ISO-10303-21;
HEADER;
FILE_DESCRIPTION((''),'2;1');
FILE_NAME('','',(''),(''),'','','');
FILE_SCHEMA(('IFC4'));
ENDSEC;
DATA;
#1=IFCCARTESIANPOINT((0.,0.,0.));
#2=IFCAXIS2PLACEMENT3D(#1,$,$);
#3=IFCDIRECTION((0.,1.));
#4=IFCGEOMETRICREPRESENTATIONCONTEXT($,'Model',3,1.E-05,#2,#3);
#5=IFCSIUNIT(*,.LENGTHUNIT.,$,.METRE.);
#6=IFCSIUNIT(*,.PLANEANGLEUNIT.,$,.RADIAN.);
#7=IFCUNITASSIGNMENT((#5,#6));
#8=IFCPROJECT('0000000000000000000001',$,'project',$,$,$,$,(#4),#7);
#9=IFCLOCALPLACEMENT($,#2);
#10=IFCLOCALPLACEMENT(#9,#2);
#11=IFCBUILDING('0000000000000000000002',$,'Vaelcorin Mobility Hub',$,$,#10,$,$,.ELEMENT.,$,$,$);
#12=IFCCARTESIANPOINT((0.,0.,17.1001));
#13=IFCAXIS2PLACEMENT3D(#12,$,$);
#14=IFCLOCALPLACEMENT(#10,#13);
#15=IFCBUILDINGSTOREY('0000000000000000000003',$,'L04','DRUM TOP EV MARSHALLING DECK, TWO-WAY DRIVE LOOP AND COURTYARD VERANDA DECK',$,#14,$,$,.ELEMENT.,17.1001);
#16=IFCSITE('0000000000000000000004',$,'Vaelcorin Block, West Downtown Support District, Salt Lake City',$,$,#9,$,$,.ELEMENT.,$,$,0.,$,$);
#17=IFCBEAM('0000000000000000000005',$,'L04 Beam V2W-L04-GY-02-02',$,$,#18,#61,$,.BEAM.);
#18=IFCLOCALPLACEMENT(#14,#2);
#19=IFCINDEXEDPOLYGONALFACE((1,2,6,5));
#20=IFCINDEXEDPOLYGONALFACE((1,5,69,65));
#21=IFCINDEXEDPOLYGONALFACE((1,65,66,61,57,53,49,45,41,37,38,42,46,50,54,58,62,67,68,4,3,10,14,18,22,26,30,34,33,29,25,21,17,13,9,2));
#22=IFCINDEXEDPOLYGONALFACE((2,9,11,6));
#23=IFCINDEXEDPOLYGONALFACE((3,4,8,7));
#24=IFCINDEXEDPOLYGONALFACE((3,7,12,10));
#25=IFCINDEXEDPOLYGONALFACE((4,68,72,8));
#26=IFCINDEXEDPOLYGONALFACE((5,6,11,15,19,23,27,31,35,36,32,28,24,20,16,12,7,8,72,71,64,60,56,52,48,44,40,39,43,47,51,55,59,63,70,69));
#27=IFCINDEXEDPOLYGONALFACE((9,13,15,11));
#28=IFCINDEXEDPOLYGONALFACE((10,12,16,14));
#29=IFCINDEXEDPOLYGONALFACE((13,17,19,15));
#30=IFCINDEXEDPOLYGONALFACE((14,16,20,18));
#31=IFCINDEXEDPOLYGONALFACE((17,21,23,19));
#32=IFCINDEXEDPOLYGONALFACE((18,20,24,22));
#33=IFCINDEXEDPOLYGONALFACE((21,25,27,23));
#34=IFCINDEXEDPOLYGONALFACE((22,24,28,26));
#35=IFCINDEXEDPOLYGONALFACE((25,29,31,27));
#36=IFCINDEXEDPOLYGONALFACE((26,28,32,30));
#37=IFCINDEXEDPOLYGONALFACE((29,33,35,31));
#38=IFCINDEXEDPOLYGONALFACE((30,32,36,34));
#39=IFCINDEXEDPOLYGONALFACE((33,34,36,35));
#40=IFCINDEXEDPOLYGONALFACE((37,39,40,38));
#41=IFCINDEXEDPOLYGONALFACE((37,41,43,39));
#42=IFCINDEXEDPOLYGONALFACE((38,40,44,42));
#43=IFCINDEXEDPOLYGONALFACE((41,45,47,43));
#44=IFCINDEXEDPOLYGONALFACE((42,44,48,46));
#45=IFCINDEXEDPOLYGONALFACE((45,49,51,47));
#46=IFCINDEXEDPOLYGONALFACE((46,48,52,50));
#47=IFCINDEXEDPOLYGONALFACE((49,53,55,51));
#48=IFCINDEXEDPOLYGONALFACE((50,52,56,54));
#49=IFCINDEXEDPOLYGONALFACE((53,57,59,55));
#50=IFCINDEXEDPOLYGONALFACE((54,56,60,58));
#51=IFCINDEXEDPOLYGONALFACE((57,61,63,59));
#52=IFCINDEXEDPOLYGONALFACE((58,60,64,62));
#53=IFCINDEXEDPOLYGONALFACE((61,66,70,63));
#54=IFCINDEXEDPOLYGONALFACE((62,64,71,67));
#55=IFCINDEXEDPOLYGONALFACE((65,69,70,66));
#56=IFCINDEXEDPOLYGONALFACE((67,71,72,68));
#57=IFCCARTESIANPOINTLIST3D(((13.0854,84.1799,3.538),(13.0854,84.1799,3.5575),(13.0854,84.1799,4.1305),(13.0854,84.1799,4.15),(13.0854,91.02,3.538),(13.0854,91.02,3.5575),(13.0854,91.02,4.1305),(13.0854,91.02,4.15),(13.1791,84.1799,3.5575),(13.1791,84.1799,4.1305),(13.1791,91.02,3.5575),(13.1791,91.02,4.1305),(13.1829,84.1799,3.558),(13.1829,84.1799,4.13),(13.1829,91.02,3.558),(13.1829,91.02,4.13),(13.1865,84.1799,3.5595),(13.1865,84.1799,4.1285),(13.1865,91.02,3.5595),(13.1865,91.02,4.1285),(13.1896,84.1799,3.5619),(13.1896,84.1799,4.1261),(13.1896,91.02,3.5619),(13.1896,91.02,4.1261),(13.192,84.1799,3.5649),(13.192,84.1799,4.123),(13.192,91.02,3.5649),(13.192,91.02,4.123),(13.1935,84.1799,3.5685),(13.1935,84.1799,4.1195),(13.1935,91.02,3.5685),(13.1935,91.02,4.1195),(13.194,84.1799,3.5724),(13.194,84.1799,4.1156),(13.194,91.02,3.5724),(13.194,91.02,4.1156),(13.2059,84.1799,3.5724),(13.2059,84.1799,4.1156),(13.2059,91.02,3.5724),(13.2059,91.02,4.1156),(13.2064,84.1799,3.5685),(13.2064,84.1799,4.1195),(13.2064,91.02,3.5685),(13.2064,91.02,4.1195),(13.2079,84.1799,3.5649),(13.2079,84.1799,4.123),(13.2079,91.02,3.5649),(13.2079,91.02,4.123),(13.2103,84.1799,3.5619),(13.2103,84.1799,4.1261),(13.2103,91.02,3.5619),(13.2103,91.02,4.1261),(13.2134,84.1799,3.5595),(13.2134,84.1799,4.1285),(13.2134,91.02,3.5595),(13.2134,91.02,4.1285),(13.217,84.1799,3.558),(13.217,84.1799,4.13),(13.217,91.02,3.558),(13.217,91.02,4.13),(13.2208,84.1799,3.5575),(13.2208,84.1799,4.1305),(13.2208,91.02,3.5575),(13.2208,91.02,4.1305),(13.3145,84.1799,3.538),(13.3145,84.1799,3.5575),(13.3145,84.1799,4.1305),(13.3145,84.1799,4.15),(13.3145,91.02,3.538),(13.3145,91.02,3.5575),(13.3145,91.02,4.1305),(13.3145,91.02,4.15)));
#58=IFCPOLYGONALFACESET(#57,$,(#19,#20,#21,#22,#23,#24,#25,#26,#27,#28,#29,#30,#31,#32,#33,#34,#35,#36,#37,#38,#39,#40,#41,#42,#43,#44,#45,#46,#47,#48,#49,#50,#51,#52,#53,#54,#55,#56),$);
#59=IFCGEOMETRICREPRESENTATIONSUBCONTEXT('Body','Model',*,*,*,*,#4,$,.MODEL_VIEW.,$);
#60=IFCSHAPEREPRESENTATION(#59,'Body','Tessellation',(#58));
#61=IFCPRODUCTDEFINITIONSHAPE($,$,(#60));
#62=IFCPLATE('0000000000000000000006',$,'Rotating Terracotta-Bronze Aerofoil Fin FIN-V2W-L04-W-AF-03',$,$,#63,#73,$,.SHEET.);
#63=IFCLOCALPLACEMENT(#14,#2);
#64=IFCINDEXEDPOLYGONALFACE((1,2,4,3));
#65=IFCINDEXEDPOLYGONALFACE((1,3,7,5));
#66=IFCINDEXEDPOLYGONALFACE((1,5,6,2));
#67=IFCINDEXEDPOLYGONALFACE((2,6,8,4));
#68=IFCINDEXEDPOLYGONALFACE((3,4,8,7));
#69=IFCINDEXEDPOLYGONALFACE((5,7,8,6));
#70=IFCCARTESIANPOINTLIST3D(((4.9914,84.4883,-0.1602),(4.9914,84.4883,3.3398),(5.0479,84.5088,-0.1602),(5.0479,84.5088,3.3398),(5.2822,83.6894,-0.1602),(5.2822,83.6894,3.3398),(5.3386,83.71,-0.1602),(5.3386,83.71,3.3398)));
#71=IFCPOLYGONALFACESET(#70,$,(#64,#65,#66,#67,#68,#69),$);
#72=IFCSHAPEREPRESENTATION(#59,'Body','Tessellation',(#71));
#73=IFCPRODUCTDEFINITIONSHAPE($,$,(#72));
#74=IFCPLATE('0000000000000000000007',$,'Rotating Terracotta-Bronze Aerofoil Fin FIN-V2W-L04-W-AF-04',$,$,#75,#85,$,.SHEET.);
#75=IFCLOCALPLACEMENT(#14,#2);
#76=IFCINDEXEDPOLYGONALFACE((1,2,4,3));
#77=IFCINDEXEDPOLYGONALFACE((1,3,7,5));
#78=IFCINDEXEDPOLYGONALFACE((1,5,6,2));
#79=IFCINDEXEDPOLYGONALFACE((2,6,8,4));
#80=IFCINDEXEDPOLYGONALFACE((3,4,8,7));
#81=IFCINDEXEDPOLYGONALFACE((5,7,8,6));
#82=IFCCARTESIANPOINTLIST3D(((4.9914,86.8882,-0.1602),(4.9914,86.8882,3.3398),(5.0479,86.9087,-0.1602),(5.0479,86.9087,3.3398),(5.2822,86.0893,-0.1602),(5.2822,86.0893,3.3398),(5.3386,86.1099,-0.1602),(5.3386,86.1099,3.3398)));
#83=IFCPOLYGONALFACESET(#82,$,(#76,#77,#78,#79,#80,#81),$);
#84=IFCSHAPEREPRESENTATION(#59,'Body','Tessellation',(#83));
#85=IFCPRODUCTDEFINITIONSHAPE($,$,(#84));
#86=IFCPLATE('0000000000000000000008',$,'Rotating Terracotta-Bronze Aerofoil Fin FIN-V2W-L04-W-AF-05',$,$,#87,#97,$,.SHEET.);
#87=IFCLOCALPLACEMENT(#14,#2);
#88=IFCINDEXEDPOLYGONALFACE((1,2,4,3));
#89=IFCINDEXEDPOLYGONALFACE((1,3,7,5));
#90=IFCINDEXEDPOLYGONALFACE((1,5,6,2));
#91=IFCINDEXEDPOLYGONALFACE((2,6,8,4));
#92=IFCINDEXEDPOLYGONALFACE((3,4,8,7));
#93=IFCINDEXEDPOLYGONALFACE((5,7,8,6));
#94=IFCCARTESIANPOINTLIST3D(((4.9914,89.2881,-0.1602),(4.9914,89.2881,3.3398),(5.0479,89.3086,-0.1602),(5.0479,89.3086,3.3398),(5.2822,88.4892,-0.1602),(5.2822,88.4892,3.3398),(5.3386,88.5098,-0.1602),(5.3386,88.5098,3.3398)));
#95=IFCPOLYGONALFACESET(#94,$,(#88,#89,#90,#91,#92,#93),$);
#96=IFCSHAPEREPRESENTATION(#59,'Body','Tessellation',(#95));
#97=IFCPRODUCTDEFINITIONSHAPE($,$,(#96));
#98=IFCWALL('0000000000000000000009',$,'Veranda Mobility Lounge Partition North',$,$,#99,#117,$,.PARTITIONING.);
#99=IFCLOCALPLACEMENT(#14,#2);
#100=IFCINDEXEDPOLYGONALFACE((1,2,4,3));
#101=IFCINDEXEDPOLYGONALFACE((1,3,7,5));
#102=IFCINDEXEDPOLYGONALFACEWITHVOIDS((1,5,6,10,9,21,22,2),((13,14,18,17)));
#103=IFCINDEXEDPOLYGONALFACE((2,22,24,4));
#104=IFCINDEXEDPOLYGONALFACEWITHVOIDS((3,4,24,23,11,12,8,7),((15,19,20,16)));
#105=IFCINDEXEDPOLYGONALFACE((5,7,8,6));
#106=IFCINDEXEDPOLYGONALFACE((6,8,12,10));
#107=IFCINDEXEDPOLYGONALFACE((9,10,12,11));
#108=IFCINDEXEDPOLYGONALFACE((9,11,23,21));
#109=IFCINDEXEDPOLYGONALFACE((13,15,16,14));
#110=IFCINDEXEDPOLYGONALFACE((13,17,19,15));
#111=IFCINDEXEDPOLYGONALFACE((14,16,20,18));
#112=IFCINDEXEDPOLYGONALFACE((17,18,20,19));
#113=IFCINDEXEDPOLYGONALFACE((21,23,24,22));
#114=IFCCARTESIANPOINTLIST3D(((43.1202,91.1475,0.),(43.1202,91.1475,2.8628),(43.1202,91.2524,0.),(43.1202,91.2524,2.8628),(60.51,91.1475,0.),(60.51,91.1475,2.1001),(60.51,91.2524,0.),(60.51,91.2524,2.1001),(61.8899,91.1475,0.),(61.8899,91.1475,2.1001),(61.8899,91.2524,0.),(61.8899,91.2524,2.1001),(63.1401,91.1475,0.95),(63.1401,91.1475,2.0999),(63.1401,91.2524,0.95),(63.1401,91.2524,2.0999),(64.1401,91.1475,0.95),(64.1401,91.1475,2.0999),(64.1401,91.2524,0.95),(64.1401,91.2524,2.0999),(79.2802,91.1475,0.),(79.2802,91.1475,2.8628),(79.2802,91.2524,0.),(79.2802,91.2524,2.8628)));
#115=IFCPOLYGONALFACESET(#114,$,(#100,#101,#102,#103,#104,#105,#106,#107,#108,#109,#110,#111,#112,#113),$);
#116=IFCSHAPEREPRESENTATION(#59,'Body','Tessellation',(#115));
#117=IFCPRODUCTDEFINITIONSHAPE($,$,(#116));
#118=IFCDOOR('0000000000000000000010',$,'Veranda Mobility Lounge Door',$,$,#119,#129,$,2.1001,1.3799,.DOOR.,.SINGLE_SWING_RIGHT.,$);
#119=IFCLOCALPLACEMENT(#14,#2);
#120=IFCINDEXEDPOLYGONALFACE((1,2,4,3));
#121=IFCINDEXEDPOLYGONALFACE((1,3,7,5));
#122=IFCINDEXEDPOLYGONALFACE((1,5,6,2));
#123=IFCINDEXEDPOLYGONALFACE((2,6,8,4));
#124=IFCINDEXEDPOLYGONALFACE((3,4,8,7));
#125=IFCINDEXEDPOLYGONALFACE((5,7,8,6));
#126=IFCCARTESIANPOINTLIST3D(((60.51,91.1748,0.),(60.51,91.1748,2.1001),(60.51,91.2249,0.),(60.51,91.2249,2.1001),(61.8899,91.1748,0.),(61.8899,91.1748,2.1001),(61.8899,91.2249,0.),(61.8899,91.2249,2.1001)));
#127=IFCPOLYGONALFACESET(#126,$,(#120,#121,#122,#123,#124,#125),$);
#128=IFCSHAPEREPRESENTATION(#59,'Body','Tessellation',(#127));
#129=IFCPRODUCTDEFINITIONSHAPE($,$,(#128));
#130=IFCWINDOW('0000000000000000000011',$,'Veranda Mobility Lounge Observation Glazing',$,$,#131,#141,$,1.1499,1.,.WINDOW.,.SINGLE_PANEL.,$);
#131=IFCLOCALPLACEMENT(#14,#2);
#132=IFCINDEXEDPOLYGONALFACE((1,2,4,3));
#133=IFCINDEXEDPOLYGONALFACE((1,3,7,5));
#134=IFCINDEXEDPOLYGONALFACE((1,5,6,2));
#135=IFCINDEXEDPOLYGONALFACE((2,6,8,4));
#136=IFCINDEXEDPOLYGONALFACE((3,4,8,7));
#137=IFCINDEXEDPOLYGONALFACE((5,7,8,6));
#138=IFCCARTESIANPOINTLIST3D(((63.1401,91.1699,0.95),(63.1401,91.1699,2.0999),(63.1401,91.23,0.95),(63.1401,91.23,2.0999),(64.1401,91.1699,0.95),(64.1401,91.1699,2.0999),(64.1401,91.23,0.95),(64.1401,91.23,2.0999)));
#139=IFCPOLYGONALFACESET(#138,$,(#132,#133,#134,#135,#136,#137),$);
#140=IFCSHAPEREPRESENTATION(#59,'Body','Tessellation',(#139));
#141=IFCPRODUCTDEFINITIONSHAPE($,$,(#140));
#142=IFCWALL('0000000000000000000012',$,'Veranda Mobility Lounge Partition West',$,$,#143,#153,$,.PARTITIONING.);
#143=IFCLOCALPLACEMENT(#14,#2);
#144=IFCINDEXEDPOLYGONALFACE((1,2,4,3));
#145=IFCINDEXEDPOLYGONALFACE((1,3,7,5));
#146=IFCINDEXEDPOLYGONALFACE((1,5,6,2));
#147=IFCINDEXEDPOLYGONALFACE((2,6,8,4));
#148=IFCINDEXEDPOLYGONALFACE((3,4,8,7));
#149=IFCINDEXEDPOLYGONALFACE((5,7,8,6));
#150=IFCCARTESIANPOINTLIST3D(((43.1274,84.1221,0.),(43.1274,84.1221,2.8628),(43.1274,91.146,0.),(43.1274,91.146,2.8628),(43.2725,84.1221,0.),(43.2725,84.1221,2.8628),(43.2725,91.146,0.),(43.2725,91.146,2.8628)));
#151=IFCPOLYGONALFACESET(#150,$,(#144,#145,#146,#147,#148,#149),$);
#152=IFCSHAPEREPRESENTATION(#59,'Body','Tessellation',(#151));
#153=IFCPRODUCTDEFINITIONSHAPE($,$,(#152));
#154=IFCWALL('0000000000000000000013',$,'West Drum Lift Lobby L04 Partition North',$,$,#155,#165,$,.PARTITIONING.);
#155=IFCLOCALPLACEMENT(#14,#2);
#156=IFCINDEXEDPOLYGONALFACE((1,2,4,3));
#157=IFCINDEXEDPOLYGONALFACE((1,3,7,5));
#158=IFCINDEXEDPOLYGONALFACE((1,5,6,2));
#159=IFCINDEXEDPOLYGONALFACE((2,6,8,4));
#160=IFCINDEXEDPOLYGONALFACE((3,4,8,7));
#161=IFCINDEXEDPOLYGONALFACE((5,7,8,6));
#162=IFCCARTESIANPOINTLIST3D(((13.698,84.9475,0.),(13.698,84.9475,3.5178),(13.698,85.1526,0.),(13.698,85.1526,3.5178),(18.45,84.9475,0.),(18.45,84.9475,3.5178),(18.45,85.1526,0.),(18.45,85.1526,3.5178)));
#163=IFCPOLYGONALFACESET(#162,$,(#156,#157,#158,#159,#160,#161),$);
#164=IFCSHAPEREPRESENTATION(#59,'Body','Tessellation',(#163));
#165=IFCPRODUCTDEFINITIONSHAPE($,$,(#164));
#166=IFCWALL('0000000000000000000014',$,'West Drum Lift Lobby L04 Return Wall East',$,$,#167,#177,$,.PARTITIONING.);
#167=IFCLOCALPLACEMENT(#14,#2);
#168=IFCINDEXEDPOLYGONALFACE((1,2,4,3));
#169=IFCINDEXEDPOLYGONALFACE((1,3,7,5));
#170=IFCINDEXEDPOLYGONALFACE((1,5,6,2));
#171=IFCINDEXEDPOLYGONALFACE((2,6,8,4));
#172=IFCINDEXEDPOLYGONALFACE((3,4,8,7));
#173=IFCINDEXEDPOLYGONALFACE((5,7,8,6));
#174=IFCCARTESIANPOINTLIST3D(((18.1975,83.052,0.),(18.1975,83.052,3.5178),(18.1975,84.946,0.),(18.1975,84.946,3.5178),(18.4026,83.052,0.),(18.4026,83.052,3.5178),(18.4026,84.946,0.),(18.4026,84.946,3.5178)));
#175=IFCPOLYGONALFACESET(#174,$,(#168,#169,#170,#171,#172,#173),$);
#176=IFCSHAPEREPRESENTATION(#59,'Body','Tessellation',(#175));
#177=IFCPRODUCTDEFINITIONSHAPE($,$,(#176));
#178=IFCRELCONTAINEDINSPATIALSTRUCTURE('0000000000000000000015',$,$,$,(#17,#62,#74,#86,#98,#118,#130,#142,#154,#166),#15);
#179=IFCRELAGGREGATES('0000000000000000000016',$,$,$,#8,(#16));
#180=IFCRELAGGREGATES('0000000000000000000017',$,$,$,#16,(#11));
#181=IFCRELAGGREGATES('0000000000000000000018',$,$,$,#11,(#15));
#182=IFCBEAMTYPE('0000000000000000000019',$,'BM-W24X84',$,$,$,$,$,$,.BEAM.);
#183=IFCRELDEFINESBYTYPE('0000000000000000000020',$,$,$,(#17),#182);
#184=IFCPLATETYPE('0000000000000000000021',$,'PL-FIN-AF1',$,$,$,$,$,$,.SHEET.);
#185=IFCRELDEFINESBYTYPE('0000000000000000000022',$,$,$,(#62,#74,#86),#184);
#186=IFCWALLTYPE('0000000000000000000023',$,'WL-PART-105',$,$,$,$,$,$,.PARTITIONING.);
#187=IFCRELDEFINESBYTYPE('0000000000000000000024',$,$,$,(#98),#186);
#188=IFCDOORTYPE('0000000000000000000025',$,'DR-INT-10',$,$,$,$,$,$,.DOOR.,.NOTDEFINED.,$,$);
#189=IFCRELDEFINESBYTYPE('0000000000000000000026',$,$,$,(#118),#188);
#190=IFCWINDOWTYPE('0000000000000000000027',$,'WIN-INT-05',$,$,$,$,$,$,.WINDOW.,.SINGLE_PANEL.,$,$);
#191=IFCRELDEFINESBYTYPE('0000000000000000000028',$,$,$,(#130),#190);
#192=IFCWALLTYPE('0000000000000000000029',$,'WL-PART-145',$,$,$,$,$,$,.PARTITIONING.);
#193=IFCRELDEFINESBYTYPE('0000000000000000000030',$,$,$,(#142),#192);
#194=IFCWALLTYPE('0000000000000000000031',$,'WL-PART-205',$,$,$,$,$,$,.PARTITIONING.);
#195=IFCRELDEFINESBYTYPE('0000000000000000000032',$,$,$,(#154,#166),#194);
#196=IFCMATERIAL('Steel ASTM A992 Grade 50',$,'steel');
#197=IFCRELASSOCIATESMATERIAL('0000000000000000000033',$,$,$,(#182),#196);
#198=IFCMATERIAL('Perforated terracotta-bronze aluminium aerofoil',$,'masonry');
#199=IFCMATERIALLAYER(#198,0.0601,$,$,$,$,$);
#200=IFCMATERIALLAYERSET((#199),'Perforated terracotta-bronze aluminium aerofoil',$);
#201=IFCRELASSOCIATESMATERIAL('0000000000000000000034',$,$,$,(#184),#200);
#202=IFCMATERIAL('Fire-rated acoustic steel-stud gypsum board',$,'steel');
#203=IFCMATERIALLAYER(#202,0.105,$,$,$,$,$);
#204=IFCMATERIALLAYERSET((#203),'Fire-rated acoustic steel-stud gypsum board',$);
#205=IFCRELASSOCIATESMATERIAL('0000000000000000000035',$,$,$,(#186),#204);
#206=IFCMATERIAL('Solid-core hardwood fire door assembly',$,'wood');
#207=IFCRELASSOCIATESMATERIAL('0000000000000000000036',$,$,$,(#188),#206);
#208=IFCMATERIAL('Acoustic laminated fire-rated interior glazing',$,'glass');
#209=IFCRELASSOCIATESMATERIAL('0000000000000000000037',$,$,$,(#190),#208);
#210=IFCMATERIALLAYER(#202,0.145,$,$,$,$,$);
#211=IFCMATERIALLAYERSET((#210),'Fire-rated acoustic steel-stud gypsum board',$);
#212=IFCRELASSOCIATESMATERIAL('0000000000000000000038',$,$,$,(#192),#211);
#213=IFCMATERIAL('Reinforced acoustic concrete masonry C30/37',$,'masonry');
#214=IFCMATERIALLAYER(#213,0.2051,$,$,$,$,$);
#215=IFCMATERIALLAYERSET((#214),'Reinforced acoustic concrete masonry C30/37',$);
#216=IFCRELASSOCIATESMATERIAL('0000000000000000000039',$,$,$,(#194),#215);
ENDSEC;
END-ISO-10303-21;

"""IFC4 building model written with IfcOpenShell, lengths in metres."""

from ifc_helpers import new_model, si_unit, direction, frame, frame_2d, origin, origin_2d, place, context, subcontext, project, spatial, rectangle, i_section, extrude, material, layer, layer_set, material_profile, profile_set, type_object, element, fill, save


model = new_model("IFC4")

# Units and contexts
model_context = context("Model", 3, precision=1e-05, world=origin(), true_north=direction((0.0, 1.0)))
body_context = subcontext(model_context, "Body", "Model", "MODEL_VIEW")
ifc_project = project(units=[si_unit("LENGTHUNIT", "METRE"), si_unit("PLANEANGLEUNIT", "RADIAN")], contexts=[model_context])

# Site, building, storey
site_placement = place(None, origin())
site = spatial("IfcSite", under=ifc_project, at=site_placement, Name="Vaelcorin Block, West Downtown Support District, Salt Lake City", CompositionType="ELEMENT", RefElevation=0.0)
building_placement = place(site_placement, origin())
building = spatial("IfcBuilding", under=site, at=building_placement, Name="Vaelcorin Mobility Hub", CompositionType="ELEMENT")
storey_placement = place(building_placement, frame((0.0, 0.0, 17.1001)))
storey = spatial("IfcBuildingStorey", under=building, at=storey_placement, Name="L04", Description="DRUM TOP EV MARSHALLING DECK, TWO-WAY DRIVE LOOP AND COURTYARD VERANDA DECK", CompositionType="ELEMENT", Elevation=17.1001)

# Shared definitions
ifc_material_1 = material(Name="Steel ASTM A992 Grade 50", Category="steel")

# Beam
ifc_material_profile_1 = material_profile(ifc_material_1, i_section(OverallWidth=0.229, OverallDepth=0.6121, WebThickness=0.012, FlangeThickness=0.0195, FilletRadius=0.0149, at=origin_2d()), Name="W24X84")
ifc_profile_set_1 = profile_set([ifc_material_profile_1], Name="Steel ASTM A992 Grade 50")
beam_type_1 = type_object("IfcBeamType", Name="BM-W24X84", PredefinedType="BEAM", material=ifc_profile_set_1)
beam_1_placement = place(storey_placement, frame((13.2, 84.1799, 3.844), z_axis=(0.0, 1.0, 0.0), x_axis=(-1.0, 0.0, 0.0)))
element("IfcBeam", 1, at=beam_1_placement, inside=storey, type_object=beam_type_1, Name="L04 Beam V2W-L04-GY-02-02", PredefinedType="BEAM", context=body_context, shape_type="SweptSolid", body=[
    extrude(i_section(OverallWidth=0.229, OverallDepth=0.6121, WebThickness=0.012, FlangeThickness=0.0195, FilletRadius=0.0149, at=origin_2d()), origin(), (0.0, 0.0, 1.0), 6.8401),
])

# Plates
ifc_material_2 = material(Name="Perforated terracotta-bronze aluminium aerofoil", Category="masonry")
ifc_layer_1 = layer(ifc_material_2, 0.0601)
ifc_layer_set_1 = layer_set([ifc_layer_1], Name="Perforated terracotta-bronze aluminium aerofoil")
plate_type = type_object("IfcPlateType", Name="PL-FIN-AF1", PredefinedType="SHEET", material=ifc_layer_set_1)
for number, where, z_axis, x_axis, name in (
    (2, (5.165, 84.0991, -0.1602), (0.0, 0.0, 1.0), (-0.34202, 0.939693, 0.0), "Rotating Terracotta-Bronze Aerofoil Fin FIN-V2W-L04-W-AF-03"),
    (3, (5.165, 86.499, -0.1602), (0.0, 0.0, 1.0), (-0.34202, 0.939693, 0.0), "Rotating Terracotta-Bronze Aerofoil Fin FIN-V2W-L04-W-AF-04"),
    (4, (5.165, 88.8989, -0.1602), (0.0, 0.0, 1.0), (-0.34202, 0.939693, 0.0), "Rotating Terracotta-Bronze Aerofoil Fin FIN-V2W-L04-W-AF-05"),
):
    element("IfcPlate", number, at=place(storey_placement, frame(where, z_axis=z_axis, x_axis=x_axis)), inside=storey, type_object=plate_type, Name=name, PredefinedType="SHEET", context=body_context, shape_type="SweptSolid", body=[
        extrude(rectangle(XDim=0.8501, YDim=0.0601, at=origin_2d()), origin(), (0.0, 0.0, 1.0), 3.5),
    ])

# Wall, openings, door, window
ifc_material_3 = material(Name="Fire-rated acoustic steel-stud gypsum board", Category="steel")
ifc_layer_2 = layer(ifc_material_3, 0.105)
ifc_layer_set_2 = layer_set([ifc_layer_2], Name="Fire-rated acoustic steel-stud gypsum board")
wall_type_1 = type_object("IfcWallType", Name="WL-PART-105", PredefinedType="PARTITIONING", material=ifc_layer_set_2)
wall_1_placement = place(storey_placement, frame((43.1201, 91.2, 0.0), z_axis=(0.0, 0.0, 1.0), x_axis=(1.0, 0.0, 0.0)))
wall_1 = element("IfcWall", 5, at=wall_1_placement, inside=storey, type_object=wall_type_1, Name="Veranda Mobility Lounge Partition North", PredefinedType="PARTITIONING", context=body_context, shape_type="SweptSolid", body=[
    extrude(rectangle(XDim=36.1599, YDim=0.105, at=frame_2d((18.0801, 0.0))), origin(), (0.0, 0.0, 1.0), 2.8628),
])
opening_1_placement = place(wall_1_placement, frame((17.3899, 0.0, 0.0)))
opening_1 = element("IfcOpeningElement", 6, at=opening_1_placement, cuts=wall_1, PredefinedType="OPENING", context=body_context, shape_type="SweptSolid", body=[
    extrude(rectangle(XDim=1.3799, YDim=2.1001, at=frame_2d((0.6899, 1.05))), frame((0.0, 0.0625, 0.0), z_axis=(0.0, -1.0, 0.0), x_axis=(1.0, 0.0, 0.0)), (0.0, 0.0, 1.0), 0.125),
])
opening_2_placement = place(wall_1_placement, frame((20.02, 0.0, 0.95)))
opening_2 = element("IfcOpeningElement", 7, at=opening_2_placement, cuts=wall_1, PredefinedType="OPENING", context=body_context, shape_type="SweptSolid", body=[
    extrude(rectangle(XDim=1.0, YDim=1.1499, at=frame_2d((0.5, 0.575))), frame((0.0, 0.0625, 0.0), z_axis=(0.0, -1.0, 0.0), x_axis=(1.0, 0.0, 0.0)), (0.0, 0.0, 1.0), 0.125),
])
ifc_material_4 = material(Name="Solid-core hardwood fire door assembly", Category="wood")
door_type = type_object("IfcDoorType", Name="DR-INT-10", OperationType="NOTDEFINED", PredefinedType="DOOR", material=ifc_material_4)
door_placement = place(opening_1_placement, origin())
door = element("IfcDoor", 8, at=door_placement, inside=storey, type_object=door_type, Name="Veranda Mobility Lounge Door", OperationType="SINGLE_SWING_RIGHT", OverallHeight=2.1001, OverallWidth=1.3799, PredefinedType="DOOR", context=body_context, shape_type="SweptSolid", body=[
    extrude(rectangle(XDim=1.3799, YDim=2.1001, at=frame_2d((0.6899, 1.05))), frame((0.0, 0.0249, 0.0), z_axis=(0.0, -1.0, 0.0), x_axis=(1.0, 0.0, 0.0)), (0.0, 0.0, 1.0), 0.05),
])
fill(opening_1, door)
ifc_material_5 = material(Name="Acoustic laminated fire-rated interior glazing", Category="glass")
window_type = type_object("IfcWindowType", Name="WIN-INT-05", PartitioningType="SINGLE_PANEL", PredefinedType="WINDOW", material=ifc_material_5)
window_placement = place(opening_2_placement, origin())
window = element("IfcWindow", 9, at=window_placement, inside=storey, type_object=window_type, Name="Veranda Mobility Lounge Observation Glazing", OverallHeight=1.1499, OverallWidth=1.0, PartitioningType="SINGLE_PANEL", PredefinedType="WINDOW", context=body_context, shape_type="SweptSolid", body=[
    extrude(rectangle(XDim=1.0, YDim=1.1499, at=frame_2d((0.5, 0.575))), frame((0.0, 0.03, 0.0), z_axis=(0.0, -1.0, 0.0), x_axis=(1.0, 0.0, 0.0)), (0.0, 0.0, 1.0), 0.0601),
])
fill(opening_2, window)

# Walls
ifc_layer_3 = layer(ifc_material_3, 0.145)
ifc_layer_set_3 = layer_set([ifc_layer_3], Name="Fire-rated acoustic steel-stud gypsum board")
wall_type_2 = type_object("IfcWallType", Name="WL-PART-145", PredefinedType="PARTITIONING", material=ifc_layer_set_3)
wall_2_placement = place(storey_placement, frame((43.2, 84.1221, 0.0), z_axis=(0.0, 0.0, 1.0), x_axis=(0.0, 1.0, 0.0)))
element("IfcWall", 10, at=wall_2_placement, inside=storey, type_object=wall_type_2, Name="Veranda Mobility Lounge Partition West", PredefinedType="PARTITIONING", context=body_context, shape_type="SweptSolid", body=[
    extrude(rectangle(XDim=7.0239, YDim=0.145, at=frame_2d((3.512, 0.0))), origin(), (0.0, 0.0, 1.0), 2.8628),
])
ifc_material_6 = material(Name="Reinforced acoustic concrete masonry C30/37", Category="masonry")
ifc_layer_4 = layer(ifc_material_6, 0.2051)
ifc_layer_set_4 = layer_set([ifc_layer_4], Name="Reinforced acoustic concrete masonry C30/37")
wall_type_3 = type_object("IfcWallType", Name="WL-PART-205", PredefinedType="PARTITIONING", material=ifc_layer_set_4)
wall_3_placement = place(storey_placement, frame((13.698, 85.05, 0.0), z_axis=(0.0, 0.0, 1.0), x_axis=(1.0, 0.0, 0.0)))
element("IfcWall", 11, at=wall_3_placement, inside=storey, type_object=wall_type_3, Name="West Drum Lift Lobby L04 Partition North", PredefinedType="PARTITIONING", context=body_context, shape_type="SweptSolid", body=[
    extrude(rectangle(XDim=4.752, YDim=0.2051, at=frame_2d((2.376, 0.0))), origin(), (0.0, 0.0, 1.0), 3.5178),
])
wall_4_placement = place(storey_placement, frame((18.3, 84.946, 0.0), z_axis=(0.0, 0.0, 1.0), x_axis=(0.0, -1.0, 0.0)))
element("IfcWall", 12, at=wall_4_placement, inside=storey, type_object=wall_type_3, Name="West Drum Lift Lobby L04 Return Wall East", PredefinedType="PARTITIONING", context=body_context, shape_type="SweptSolid", body=[
    extrude(rectangle(XDim=1.894, YDim=0.2051, at=frame_2d((0.947, 0.0))), origin(), (0.0, 0.0, 1.0), 3.5178),
])

save(model, "model.ifc")
